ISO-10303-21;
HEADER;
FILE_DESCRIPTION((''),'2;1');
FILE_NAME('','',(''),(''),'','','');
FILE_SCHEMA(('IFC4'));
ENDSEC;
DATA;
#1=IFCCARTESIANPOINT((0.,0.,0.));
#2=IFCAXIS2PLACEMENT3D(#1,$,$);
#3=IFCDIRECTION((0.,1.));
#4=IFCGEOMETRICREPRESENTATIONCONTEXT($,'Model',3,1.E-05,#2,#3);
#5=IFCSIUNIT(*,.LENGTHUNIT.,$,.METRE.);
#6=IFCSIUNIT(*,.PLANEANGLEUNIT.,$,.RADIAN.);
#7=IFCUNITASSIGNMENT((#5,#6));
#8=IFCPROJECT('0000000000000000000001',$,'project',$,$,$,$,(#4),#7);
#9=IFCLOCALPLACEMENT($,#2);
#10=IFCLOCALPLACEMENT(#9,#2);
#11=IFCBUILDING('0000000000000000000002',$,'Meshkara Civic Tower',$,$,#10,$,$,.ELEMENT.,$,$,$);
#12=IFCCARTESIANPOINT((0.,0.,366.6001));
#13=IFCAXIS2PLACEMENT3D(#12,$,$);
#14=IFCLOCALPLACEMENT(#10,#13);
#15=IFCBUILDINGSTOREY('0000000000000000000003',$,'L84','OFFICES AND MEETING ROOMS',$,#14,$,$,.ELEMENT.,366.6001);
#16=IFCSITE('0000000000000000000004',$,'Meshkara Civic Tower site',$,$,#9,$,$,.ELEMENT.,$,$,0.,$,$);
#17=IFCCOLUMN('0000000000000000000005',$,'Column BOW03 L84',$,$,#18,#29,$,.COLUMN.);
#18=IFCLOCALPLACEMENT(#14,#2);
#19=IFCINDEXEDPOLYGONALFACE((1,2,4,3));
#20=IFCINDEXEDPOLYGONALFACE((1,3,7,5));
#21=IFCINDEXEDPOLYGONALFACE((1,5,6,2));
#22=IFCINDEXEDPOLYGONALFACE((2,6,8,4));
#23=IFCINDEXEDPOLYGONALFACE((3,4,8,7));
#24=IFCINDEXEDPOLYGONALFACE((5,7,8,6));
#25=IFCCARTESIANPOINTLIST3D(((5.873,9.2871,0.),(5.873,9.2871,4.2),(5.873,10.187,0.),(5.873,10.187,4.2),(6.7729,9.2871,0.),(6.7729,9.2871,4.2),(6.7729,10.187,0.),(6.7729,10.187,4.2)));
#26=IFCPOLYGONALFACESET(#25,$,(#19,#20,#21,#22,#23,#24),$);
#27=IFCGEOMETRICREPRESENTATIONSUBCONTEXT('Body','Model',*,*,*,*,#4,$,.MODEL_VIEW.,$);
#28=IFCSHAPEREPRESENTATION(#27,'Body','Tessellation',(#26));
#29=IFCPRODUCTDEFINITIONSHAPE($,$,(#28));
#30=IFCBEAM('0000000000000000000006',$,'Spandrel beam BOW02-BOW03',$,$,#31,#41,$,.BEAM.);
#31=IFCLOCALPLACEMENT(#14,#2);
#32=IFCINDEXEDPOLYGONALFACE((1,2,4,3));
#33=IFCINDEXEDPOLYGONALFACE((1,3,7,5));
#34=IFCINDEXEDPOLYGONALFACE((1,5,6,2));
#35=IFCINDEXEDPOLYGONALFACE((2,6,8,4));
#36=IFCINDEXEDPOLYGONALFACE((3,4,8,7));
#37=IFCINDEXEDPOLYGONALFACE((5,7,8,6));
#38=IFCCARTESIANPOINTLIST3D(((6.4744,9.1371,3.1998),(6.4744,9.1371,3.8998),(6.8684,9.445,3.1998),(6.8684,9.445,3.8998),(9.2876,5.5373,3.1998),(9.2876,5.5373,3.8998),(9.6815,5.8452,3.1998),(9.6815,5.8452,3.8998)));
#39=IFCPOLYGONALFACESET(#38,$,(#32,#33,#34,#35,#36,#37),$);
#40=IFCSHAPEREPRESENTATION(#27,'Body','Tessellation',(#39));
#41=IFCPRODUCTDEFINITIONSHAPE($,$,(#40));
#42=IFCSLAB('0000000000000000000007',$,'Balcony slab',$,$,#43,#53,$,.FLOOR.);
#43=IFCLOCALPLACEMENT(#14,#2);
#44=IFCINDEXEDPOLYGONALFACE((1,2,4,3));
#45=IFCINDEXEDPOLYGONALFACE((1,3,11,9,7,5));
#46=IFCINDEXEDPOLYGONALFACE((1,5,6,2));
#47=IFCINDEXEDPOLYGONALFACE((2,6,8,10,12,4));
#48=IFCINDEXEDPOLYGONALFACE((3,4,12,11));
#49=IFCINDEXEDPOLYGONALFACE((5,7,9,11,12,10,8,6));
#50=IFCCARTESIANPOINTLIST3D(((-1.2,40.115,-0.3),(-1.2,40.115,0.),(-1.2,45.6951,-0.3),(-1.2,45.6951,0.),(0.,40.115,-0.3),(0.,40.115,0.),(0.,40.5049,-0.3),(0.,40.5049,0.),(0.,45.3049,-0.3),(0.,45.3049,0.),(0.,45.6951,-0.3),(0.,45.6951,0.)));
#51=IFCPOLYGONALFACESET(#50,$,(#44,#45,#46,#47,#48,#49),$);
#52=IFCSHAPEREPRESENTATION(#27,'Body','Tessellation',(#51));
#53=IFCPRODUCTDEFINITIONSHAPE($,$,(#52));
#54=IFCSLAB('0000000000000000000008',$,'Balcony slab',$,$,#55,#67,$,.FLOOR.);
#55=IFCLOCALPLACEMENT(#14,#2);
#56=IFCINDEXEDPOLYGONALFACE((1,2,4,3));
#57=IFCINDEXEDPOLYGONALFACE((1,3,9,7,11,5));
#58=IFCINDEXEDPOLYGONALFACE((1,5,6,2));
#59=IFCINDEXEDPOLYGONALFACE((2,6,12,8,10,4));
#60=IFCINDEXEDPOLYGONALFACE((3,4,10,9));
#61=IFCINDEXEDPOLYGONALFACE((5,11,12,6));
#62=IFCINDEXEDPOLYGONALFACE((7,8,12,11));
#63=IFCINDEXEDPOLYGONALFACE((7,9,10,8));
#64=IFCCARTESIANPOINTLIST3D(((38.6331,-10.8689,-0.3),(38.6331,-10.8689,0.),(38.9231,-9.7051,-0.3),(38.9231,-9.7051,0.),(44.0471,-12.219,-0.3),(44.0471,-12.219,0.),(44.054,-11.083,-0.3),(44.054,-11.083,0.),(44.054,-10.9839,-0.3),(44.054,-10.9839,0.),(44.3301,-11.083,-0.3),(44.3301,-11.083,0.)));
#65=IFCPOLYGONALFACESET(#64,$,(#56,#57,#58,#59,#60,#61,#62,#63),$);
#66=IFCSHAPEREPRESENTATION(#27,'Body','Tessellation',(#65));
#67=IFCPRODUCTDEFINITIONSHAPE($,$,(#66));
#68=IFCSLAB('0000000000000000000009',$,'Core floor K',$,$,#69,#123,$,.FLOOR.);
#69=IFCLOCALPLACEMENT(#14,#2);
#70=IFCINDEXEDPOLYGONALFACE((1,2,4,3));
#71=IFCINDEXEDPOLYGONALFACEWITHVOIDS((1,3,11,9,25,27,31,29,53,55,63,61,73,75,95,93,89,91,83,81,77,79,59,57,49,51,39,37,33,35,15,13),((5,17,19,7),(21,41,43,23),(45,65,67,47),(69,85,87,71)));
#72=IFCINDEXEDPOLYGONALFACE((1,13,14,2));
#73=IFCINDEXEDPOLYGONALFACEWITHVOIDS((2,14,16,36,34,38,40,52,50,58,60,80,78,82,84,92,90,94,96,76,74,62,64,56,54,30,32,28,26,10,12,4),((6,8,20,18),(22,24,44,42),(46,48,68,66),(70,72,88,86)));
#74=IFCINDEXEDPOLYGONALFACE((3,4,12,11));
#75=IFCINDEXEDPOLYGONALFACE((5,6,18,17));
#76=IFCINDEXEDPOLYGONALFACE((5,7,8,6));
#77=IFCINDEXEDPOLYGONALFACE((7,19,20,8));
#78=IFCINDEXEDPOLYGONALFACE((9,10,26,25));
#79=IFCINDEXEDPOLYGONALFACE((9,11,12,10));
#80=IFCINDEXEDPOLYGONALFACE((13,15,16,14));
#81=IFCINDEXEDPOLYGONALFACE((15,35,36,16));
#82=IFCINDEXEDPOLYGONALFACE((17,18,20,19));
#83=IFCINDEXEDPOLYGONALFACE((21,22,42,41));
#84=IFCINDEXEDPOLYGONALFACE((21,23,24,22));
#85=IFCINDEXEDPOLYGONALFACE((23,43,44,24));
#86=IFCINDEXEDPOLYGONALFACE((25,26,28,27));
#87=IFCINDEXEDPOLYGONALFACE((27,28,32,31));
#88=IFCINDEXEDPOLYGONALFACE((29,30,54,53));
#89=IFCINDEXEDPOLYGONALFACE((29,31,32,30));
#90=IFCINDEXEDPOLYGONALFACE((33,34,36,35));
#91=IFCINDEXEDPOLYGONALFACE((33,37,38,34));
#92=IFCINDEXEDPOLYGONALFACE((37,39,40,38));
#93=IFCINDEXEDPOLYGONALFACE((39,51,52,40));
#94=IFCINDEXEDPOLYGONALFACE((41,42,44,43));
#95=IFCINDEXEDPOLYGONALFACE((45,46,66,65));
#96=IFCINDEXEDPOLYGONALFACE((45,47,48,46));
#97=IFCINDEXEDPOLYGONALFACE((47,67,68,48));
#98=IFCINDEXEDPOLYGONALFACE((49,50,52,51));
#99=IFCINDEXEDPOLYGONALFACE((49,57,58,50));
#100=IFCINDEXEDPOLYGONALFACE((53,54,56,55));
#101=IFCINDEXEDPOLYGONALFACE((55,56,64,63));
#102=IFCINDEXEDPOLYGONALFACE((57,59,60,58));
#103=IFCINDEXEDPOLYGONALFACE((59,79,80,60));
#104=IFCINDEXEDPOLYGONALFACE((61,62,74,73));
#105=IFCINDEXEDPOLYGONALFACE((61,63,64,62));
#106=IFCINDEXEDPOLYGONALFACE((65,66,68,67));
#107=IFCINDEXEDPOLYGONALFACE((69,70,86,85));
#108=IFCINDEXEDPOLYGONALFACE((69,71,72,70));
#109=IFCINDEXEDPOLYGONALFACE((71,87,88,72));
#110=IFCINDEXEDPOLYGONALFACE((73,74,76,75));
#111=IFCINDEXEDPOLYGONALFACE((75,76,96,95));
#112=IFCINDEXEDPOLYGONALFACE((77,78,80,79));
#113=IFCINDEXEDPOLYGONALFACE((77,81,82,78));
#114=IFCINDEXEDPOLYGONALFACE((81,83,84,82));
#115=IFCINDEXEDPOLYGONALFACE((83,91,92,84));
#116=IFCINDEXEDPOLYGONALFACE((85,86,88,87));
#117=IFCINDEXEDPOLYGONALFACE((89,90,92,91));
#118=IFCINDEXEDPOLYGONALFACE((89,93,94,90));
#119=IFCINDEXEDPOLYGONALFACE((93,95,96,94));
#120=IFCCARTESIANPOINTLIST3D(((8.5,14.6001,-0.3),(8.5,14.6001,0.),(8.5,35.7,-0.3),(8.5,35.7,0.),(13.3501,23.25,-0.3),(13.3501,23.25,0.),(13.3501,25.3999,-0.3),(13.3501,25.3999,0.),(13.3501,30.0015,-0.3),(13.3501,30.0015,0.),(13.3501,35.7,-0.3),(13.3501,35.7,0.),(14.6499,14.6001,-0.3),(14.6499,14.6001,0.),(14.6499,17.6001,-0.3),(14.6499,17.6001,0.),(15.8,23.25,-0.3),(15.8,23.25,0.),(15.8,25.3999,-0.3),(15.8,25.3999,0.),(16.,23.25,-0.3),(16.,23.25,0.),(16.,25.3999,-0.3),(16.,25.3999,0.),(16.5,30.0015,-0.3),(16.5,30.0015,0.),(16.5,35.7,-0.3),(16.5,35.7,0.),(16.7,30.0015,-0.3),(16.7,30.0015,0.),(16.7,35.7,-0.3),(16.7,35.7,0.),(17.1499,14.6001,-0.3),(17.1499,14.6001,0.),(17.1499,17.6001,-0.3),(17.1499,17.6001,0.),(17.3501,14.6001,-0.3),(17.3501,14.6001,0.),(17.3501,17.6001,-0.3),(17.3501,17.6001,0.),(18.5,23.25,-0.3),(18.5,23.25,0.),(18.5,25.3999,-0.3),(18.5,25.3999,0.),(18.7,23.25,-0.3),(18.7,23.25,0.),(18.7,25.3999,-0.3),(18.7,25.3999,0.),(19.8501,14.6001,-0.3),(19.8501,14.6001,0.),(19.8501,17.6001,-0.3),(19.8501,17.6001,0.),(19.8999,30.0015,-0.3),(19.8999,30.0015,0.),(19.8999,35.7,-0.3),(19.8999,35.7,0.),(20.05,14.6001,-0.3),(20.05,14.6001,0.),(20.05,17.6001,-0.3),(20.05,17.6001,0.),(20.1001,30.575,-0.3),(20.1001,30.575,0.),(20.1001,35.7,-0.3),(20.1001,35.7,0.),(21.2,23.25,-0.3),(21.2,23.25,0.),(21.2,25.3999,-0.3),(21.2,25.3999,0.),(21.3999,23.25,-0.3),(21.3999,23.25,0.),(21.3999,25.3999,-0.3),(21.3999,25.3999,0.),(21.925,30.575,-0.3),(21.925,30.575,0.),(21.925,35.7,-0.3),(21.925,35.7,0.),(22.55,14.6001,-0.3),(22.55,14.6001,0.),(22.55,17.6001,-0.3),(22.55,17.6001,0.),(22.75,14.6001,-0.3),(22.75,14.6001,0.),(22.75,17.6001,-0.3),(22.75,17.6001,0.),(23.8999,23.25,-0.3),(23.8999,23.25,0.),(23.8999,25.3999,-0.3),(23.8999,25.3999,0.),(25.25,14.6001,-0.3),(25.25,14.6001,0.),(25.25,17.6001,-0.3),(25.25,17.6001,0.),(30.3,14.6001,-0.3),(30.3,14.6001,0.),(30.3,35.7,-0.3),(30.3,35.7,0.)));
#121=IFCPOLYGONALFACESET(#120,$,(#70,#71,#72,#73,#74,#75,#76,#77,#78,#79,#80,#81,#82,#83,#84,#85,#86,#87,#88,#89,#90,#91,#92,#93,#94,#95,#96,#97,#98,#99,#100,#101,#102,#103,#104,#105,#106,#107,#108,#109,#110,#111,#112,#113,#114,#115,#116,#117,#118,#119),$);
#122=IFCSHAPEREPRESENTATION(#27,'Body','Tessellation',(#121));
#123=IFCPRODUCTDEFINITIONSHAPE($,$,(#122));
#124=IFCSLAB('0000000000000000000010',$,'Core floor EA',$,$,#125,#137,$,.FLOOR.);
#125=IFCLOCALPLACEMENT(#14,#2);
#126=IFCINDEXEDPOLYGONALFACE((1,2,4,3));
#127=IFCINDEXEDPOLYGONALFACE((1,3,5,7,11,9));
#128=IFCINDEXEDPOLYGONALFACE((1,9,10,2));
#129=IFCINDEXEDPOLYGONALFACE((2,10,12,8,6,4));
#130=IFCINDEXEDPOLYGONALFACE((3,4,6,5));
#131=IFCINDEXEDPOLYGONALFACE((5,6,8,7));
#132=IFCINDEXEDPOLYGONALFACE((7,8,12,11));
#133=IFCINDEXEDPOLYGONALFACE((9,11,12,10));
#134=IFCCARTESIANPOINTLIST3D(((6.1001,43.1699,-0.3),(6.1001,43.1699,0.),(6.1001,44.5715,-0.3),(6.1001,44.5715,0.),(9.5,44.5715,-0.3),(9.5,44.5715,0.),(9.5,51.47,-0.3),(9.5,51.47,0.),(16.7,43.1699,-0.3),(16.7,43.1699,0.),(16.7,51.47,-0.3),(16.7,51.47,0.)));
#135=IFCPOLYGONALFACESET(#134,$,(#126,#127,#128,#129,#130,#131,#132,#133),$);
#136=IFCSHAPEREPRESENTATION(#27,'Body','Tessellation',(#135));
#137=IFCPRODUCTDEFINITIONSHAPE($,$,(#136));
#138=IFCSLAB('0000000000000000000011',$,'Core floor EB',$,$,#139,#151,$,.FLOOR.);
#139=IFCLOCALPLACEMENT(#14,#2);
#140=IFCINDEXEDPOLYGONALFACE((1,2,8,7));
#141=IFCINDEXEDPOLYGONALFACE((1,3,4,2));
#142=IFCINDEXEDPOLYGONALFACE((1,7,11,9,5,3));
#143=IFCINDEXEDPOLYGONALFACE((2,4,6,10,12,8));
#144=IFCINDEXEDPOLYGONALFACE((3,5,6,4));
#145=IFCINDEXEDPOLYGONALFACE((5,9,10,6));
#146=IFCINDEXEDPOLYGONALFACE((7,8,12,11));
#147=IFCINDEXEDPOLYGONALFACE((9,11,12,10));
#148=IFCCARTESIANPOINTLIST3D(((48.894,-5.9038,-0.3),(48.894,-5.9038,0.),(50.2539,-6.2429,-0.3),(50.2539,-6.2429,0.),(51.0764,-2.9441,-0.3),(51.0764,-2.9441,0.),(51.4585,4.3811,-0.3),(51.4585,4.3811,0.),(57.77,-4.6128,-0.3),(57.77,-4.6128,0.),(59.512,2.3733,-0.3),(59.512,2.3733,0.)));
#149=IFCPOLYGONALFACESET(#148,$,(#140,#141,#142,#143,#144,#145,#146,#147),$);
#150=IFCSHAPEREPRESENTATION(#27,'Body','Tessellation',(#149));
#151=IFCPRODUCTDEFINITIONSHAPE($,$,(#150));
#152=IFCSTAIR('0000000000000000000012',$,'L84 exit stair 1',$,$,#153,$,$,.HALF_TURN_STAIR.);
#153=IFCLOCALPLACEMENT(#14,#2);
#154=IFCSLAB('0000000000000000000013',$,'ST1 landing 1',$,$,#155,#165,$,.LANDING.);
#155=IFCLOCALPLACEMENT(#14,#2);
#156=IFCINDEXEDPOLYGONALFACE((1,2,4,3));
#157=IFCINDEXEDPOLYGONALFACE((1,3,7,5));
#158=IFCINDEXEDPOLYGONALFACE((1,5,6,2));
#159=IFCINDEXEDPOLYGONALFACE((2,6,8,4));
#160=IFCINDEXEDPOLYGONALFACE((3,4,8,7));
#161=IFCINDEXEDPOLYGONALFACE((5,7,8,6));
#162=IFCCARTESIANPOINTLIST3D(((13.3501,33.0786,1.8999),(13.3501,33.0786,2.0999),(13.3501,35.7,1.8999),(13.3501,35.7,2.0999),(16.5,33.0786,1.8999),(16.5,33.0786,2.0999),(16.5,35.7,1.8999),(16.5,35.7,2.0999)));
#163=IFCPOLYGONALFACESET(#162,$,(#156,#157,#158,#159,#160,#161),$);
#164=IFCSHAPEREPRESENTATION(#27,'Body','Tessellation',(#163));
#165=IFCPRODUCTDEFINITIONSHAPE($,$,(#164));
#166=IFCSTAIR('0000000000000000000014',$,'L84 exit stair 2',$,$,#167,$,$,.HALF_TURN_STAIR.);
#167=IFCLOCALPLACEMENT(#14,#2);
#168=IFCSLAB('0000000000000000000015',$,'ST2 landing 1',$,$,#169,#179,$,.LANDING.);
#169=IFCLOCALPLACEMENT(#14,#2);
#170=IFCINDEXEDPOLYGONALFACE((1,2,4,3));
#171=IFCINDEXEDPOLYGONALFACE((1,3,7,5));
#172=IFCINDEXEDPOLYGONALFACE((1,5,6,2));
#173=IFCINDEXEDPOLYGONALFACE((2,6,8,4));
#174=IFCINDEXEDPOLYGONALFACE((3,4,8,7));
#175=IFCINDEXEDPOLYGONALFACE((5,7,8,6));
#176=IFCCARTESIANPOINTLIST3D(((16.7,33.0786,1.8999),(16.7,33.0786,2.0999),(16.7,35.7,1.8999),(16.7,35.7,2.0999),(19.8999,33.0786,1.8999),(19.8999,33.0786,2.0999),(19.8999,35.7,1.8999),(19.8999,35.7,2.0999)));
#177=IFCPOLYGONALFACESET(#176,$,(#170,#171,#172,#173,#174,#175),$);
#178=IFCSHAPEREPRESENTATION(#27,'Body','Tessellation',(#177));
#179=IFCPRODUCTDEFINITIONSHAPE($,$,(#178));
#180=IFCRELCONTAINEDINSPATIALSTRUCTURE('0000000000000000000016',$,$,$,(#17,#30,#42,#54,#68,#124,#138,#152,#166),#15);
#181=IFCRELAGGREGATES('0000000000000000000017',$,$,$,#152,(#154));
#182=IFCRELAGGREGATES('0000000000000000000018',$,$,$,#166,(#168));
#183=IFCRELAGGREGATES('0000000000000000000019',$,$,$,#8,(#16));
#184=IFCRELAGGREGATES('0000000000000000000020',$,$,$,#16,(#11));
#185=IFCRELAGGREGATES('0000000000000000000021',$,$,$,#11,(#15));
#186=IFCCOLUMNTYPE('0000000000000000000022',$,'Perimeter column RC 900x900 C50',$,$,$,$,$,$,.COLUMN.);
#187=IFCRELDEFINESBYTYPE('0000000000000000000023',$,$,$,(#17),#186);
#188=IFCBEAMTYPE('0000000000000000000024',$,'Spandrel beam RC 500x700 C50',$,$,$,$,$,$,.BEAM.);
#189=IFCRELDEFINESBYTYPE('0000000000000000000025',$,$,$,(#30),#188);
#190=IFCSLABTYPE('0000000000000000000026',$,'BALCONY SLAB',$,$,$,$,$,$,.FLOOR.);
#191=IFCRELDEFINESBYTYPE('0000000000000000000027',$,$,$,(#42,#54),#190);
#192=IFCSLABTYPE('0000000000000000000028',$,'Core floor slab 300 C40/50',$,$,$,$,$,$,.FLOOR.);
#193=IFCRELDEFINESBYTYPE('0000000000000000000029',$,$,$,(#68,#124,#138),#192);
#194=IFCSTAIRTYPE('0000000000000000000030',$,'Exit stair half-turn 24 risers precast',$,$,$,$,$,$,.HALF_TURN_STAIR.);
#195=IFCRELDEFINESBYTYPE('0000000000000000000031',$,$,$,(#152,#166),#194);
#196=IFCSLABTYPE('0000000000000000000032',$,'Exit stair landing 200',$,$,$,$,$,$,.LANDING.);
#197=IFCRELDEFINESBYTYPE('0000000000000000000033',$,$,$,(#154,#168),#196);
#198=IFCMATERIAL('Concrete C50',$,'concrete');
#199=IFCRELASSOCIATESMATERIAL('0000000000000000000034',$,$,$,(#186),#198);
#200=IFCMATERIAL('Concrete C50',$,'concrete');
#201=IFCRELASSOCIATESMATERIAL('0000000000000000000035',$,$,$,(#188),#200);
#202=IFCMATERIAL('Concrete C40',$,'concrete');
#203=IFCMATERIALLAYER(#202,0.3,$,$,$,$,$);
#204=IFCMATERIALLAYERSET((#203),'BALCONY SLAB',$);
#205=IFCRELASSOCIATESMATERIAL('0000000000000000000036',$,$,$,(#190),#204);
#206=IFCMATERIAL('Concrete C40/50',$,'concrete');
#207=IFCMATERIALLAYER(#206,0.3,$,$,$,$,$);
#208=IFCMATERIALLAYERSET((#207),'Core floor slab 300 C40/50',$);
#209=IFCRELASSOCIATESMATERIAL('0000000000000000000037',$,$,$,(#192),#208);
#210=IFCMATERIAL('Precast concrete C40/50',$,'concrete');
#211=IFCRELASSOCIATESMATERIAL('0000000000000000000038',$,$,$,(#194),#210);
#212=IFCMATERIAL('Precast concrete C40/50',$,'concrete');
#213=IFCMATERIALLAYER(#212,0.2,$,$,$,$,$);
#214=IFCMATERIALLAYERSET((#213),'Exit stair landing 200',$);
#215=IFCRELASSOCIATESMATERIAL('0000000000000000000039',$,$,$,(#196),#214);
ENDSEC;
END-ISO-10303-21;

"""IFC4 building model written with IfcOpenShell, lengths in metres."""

from ifc_helpers import new_model, si_unit, direction, frame, origin, origin_2d, place, context, subcontext, project, spatial, polyline, rectangle, outline, extrude, material, layer, layer_set, material_profile, profile_set, type_object, element, aggregate, save


model = new_model("IFC4")

# Units and contexts
model_context = context("Model", 3, precision=1e-05, world=origin(), true_north=direction((0.0, 1.0)))
body_context = subcontext(model_context, "Body", "Model", "MODEL_VIEW")
ifc_project = project(units=[si_unit("LENGTHUNIT", "METRE"), si_unit("PLANEANGLEUNIT", "RADIAN")], contexts=[model_context])

# Site, building, storey
site_placement = place(None, origin())
site = spatial("IfcSite", under=ifc_project, at=site_placement, Name="Meshkara Civic Tower site", CompositionType="ELEMENT", RefElevation=0.0)
building_placement = place(site_placement, origin())
building = spatial("IfcBuilding", under=site, at=building_placement, Name="Meshkara Civic Tower", CompositionType="ELEMENT")
storey_placement = place(building_placement, frame((0.0, 0.0, 366.6001)))
storey = spatial("IfcBuildingStorey", under=building, at=storey_placement, Name="L84", Description="OFFICES AND MEETING ROOMS", CompositionType="ELEMENT", Elevation=366.6001)

# Column
ifc_material_1 = material(Name="Concrete C50", Category="concrete")
ifc_material_profile_1 = material_profile(ifc_material_1, rectangle(XDim=0.8999, YDim=0.8999, at=origin_2d()))
ifc_profile_set_1 = profile_set([ifc_material_profile_1], Name="Concrete C50")
column_type = type_object("IfcColumnType", Name="Perimeter column RC 900x900 C50", PredefinedType="COLUMN", material=ifc_profile_set_1)
column_placement = place(storey_placement, frame((6.323, 9.7371, 0.0), z_axis=(0.0, 0.0, 1.0), x_axis=(1.0, 0.0, 0.0)))
element("IfcColumn", 1, at=column_placement, inside=storey, type_object=column_type, Name="Column BOW03 L84", PredefinedType="COLUMN", context=body_context, shape_type="SweptSolid", body=[
    extrude(rectangle(XDim=0.8999, YDim=0.8999, at=origin_2d()), origin(), (0.0, 0.0, 1.0), 4.2),
])

# Beam
ifc_material_2 = material(Name="Concrete C50", Category="concrete")
ifc_material_profile_2 = material_profile(ifc_material_2, rectangle(XDim=0.5, YDim=0.7, at=origin_2d()))
ifc_profile_set_2 = profile_set([ifc_material_profile_2], Name="Concrete C50")
beam_type = type_object("IfcBeamType", Name="Spandrel beam RC 500x700 C50", PredefinedType="BEAM", material=ifc_profile_set_2)
beam_placement = place(storey_placement, frame((6.6714, 9.291, 3.5498), z_axis=(0.615759, -0.787934, 0.0), x_axis=(0.787934, 0.615759, 0.0)))
element("IfcBeam", 2, at=beam_placement, inside=storey, type_object=beam_type, Name="Spandrel beam BOW02-BOW03", PredefinedType="BEAM", context=body_context, shape_type="SweptSolid", body=[
    extrude(rectangle(XDim=0.5, YDim=0.7, at=origin_2d()), origin(), (0.0, 0.0, 1.0), 4.5686),
])

# Slabs
ifc_material_3 = material(Name="Concrete C40", Category="concrete")
ifc_layer_1 = layer(ifc_material_3, 0.3)
ifc_layer_set_1 = layer_set([ifc_layer_1], Name="BALCONY SLAB")
slab_type_1 = type_object("IfcSlabType", Name="BALCONY SLAB", PredefinedType="FLOOR", material=ifc_layer_set_1)
slab_1_placement = place(storey_placement, frame((0.0, 0.0, -0.3)))
element("IfcSlab", 3, at=slab_1_placement, inside=storey, type_object=slab_type_1, Name="Balcony slab", PredefinedType="FLOOR", context=body_context, shape_type="SweptSolid", body=[
    extrude(outline(polyline([(0.0, 40.5049), (0.0, 40.115), (-1.2, 40.115), (-1.2, 45.6951), (0.0, 45.6951), (0.0, 45.3049), (0.0, 40.5049)])), origin(), (0.0, 0.0, 1.0), 0.3),
])
slab_2_placement = place(storey_placement, frame((0.0, 0.0, -0.3)))
element("IfcSlab", 4, at=slab_2_placement, inside=storey, type_object=slab_type_1, Name="Balcony slab", PredefinedType="FLOOR", context=body_context, shape_type="SweptSolid", body=[
    extrude(outline(polyline([(44.0471, -12.219), (38.6331, -10.8689), (38.9231, -9.7051), (44.054, -10.9839), (44.054, -11.083), (44.3301, -11.083), (44.0471, -12.219)])), origin(), (0.0, 0.0, 1.0), 0.3),
])
ifc_material_4 = material(Name="Concrete C40/50", Category="concrete")
ifc_layer_2 = layer(ifc_material_4, 0.3)
ifc_layer_set_2 = layer_set([ifc_layer_2], Name="Core floor slab 300 C40/50")
slab_type_2 = type_object("IfcSlabType", Name="Core floor slab 300 C40/50", PredefinedType="FLOOR", material=ifc_layer_set_2)
slab_3_placement = place(storey_placement, frame((0.0, 0.0, -0.3)))
element("IfcSlab", 5, at=slab_3_placement, inside=storey, type_object=slab_type_2, Name="Core floor K", PredefinedType="FLOOR", context=body_context, shape_type="SweptSolid", body=[
    extrude(outline(polyline([(8.5, 35.7), (13.3501, 35.7), (13.3501, 30.0015), (16.5, 30.0015), (16.5, 35.7), (16.7, 35.7), (16.7, 30.0015), (19.8999, 30.0015), (19.8999, 35.7), (20.1001, 35.7), (20.1001, 30.575), (21.925, 30.575), (21.925, 35.7), (30.3, 35.7), (30.3, 14.6001), (25.25, 14.6001), (25.25, 17.6001), (22.75, 17.6001), (22.75, 14.6001), (22.55, 14.6001), (22.55, 17.6001), (20.05, 17.6001), (20.05, 14.6001), (19.8501, 14.6001), (19.8501, 17.6001), (17.3501, 17.6001), (17.3501, 14.6001), (17.1499, 14.6001), (17.1499, 17.6001), (14.6499, 17.6001), (14.6499, 14.6001), (8.5, 14.6001), (8.5, 35.7)]), holes=[polyline([(13.3501, 23.25), (15.8, 23.25), (15.8, 25.3999), (13.3501, 25.3999), (13.3501, 23.25)]), polyline([(18.5, 23.25), (18.5, 25.3999), (16.0, 25.3999), (16.0, 23.25), (18.5, 23.25)]), polyline([(18.7, 23.25), (21.2, 23.25), (21.2, 25.3999), (18.7, 25.3999), (18.7, 23.25)]), polyline([(21.3999, 23.25), (23.8999, 23.25), (23.8999, 25.3999), (21.3999, 25.3999), (21.3999, 23.25)])]), origin(), (0.0, 0.0, 1.0), 0.3),
])
slab_4_placement = place(storey_placement, frame((0.0, 0.0, -0.3)))
element("IfcSlab", 6, at=slab_4_placement, inside=storey, type_object=slab_type_2, Name="Core floor EA", PredefinedType="FLOOR", context=body_context, shape_type="SweptSolid", body=[
    extrude(outline(polyline([(16.7, 43.1699), (16.7, 51.47), (9.5, 51.47), (9.5, 44.5715), (6.1001, 44.5715), (6.1001, 43.1699), (16.7, 43.1699)])), origin(), (0.0, 0.0, 1.0), 0.3),
])
slab_5_placement = place(storey_placement, frame((0.0, 0.0, -0.3)))
element("IfcSlab", 7, at=slab_5_placement, inside=storey, type_object=slab_type_2, Name="Core floor EB", PredefinedType="FLOOR", context=body_context, shape_type="SweptSolid", body=[
    extrude(outline(polyline([(51.4585, 4.3811), (59.512, 2.3733), (57.77, -4.6128), (51.0764, -2.9441), (50.2539, -6.2429), (48.894, -5.9038), (51.4585, 4.3811)])), origin(), (0.0, 0.0, 1.0), 0.3),
])

# Stairs, slabs
ifc_material_5 = material(Name="Precast concrete C40/50", Category="concrete")
stair_type = type_object("IfcStairType", Name="Exit stair half-turn 24 risers precast", PredefinedType="HALF_TURN_STAIR", material=ifc_material_5)
stair_1_placement = place(storey_placement, origin())
stair_1 = element("IfcStair", 8, at=stair_1_placement, inside=storey, type_object=stair_type, Name="L84 exit stair 1", PredefinedType="HALF_TURN_STAIR")
ifc_material_6 = material(Name="Precast concrete C40/50", Category="concrete")
ifc_layer_3 = layer(ifc_material_6, 0.2)
ifc_layer_set_3 = layer_set([ifc_layer_3], Name="Exit stair landing 200")
slab_type_3 = type_object("IfcSlabType", Name="Exit stair landing 200", PredefinedType="LANDING", material=ifc_layer_set_3)
slab_6_placement = place(storey_placement, frame((0.0, 0.0, 1.8999)))
slab_6 = element("IfcSlab", 9, at=slab_6_placement, type_object=slab_type_3, Name="ST1 landing 1", PredefinedType="LANDING", context=body_context, shape_type="SweptSolid", body=[
    extrude(outline(polyline([(16.5, 33.0786), (16.5, 35.7), (13.3501, 35.7), (13.3501, 33.0786), (16.5, 33.0786)])), origin(), (0.0, 0.0, 1.0), 0.2),
])
aggregate(stair_1, [slab_6])
stair_2_placement = place(storey_placement, origin())
stair_2 = element("IfcStair", 10, at=stair_2_placement, inside=storey, type_object=stair_type, Name="L84 exit stair 2", PredefinedType="HALF_TURN_STAIR")
slab_7_placement = place(storey_placement, frame((0.0, 0.0, 1.8999)))
slab_7 = element("IfcSlab", 11, at=slab_7_placement, type_object=slab_type_3, Name="ST2 landing 1", PredefinedType="LANDING", context=body_context, shape_type="SweptSolid", body=[
    extrude(outline(polyline([(19.8999, 33.0786), (19.8999, 35.7), (16.7, 35.7), (16.7, 33.0786), (19.8999, 33.0786)])), origin(), (0.0, 0.0, 1.0), 0.2),
])
aggregate(stair_2, [slab_7])

save(model, "model.ifc")
